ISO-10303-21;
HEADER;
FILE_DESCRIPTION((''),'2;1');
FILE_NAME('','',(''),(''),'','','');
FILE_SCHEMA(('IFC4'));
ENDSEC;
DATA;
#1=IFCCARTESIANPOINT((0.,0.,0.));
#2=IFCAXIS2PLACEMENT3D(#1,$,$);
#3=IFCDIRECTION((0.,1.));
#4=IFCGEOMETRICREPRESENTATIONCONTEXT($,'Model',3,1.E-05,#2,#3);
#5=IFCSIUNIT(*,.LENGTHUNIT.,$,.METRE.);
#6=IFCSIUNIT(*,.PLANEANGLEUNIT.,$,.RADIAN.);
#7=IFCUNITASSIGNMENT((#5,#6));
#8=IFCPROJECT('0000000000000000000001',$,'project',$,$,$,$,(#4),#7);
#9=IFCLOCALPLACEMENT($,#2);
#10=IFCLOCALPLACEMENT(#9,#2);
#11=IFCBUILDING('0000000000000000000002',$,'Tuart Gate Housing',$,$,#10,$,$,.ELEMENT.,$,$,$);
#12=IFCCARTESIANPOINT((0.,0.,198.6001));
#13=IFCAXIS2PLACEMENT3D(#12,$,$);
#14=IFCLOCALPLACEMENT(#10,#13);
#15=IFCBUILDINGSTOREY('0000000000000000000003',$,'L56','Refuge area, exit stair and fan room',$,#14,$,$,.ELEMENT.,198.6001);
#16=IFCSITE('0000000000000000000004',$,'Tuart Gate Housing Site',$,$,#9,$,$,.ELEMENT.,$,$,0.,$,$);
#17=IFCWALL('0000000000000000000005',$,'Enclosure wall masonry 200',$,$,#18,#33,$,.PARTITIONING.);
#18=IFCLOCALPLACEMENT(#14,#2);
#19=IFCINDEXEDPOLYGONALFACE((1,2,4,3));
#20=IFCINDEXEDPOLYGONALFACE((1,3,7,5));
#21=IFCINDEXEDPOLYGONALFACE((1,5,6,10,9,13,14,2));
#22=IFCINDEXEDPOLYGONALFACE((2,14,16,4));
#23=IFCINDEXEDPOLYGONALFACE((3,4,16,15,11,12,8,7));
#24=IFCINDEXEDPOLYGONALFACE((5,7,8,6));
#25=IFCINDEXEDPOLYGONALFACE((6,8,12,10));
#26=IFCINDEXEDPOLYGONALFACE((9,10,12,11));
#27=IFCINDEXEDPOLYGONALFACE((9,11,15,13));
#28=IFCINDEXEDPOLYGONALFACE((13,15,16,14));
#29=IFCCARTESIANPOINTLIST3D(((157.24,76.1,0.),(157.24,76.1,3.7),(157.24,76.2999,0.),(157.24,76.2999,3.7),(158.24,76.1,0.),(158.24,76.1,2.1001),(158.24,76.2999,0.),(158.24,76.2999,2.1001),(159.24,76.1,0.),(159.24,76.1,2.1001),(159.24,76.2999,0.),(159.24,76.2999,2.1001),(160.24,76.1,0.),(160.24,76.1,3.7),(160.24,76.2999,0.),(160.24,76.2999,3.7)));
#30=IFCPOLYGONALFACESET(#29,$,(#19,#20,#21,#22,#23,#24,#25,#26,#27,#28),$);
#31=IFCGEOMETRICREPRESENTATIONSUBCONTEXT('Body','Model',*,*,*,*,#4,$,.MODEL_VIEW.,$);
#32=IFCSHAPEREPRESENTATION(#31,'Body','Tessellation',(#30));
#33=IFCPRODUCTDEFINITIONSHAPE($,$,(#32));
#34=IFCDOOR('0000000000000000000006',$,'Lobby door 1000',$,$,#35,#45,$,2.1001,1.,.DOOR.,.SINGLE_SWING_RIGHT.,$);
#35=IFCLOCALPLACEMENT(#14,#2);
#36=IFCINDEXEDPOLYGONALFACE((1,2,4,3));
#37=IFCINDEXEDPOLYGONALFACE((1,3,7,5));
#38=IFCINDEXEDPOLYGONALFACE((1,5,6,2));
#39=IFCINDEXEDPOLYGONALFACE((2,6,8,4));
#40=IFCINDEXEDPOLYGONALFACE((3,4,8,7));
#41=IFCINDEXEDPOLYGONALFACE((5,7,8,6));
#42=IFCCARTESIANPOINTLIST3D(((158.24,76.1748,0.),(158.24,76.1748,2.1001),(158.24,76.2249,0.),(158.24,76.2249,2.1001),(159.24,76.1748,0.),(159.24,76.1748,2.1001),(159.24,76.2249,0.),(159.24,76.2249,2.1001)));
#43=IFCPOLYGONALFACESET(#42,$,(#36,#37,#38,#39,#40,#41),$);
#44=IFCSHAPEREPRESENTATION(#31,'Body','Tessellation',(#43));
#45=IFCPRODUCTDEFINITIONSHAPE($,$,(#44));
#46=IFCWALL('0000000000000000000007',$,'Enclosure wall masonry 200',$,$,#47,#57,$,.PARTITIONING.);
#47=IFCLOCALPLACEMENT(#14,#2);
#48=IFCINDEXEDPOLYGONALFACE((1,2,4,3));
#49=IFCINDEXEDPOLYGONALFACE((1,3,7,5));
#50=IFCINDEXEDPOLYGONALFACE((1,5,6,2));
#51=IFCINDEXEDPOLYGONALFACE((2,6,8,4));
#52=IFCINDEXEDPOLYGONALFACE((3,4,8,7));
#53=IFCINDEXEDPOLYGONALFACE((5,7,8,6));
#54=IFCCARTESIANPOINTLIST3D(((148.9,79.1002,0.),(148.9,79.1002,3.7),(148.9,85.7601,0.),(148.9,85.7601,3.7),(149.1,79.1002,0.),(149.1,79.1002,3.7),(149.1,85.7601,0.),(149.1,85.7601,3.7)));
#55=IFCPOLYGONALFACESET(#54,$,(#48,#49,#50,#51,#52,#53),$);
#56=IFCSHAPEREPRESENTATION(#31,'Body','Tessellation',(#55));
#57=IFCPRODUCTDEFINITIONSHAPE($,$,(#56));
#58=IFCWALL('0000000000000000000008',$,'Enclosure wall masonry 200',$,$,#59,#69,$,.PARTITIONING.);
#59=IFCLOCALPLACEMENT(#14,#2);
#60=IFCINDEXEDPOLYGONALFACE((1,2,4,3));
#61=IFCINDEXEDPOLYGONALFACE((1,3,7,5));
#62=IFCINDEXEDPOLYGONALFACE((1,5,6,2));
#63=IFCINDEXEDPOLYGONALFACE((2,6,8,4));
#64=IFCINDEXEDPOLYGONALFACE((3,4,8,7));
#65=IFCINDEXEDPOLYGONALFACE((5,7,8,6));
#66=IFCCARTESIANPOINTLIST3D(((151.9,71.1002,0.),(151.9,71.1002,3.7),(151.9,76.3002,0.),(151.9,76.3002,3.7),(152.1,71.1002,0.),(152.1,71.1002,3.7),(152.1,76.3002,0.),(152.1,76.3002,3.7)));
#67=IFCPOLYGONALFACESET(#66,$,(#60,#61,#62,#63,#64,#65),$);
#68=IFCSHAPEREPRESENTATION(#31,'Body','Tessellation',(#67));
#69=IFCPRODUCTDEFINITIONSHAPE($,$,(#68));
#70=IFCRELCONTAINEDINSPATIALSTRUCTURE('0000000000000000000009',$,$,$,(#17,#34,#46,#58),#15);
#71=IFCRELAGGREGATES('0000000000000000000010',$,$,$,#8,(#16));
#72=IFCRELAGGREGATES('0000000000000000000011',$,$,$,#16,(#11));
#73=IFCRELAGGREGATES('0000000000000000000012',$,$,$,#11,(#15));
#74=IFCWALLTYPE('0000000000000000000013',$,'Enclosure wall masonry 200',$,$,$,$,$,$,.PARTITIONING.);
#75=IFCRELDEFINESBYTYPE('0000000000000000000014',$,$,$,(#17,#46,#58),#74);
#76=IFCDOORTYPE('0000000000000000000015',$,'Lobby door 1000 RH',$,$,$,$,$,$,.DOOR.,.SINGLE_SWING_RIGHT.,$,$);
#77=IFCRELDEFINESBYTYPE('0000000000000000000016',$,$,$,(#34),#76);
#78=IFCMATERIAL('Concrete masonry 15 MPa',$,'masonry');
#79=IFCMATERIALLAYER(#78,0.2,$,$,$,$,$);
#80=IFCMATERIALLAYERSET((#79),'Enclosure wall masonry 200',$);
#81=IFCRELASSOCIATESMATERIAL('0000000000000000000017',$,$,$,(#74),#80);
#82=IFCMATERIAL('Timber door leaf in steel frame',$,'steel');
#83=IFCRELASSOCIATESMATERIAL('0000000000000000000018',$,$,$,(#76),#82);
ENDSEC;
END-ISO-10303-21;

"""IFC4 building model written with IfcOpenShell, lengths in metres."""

from ifc_helpers import new_model, si_unit, direction, frame, frame_2d, origin, place, context, subcontext, project, spatial, rectangle, extrude, material, layer, layer_set, type_object, element, fill, save


model = new_model("IFC4")

# Units and contexts
model_context = context("Model", 3, precision=1e-05, world=origin(), true_north=direction((0.0, 1.0)))
body_context = subcontext(model_context, "Body", "Model", "MODEL_VIEW")
ifc_project = project(units=[si_unit("LENGTHUNIT", "METRE"), si_unit("PLANEANGLEUNIT", "RADIAN")], contexts=[model_context])

# Site, building, storey
site_placement = place(None, origin())
site = spatial("IfcSite", under=ifc_project, at=site_placement, Name="Tuart Gate Housing Site", CompositionType="ELEMENT", RefElevation=0.0)
building_placement = place(site_placement, origin())
building = spatial("IfcBuilding", under=site, at=building_placement, Name="Tuart Gate Housing", CompositionType="ELEMENT")
storey_placement = place(building_placement, frame((0.0, 0.0, 198.6001)))
storey = spatial("IfcBuildingStorey", under=building, at=storey_placement, Name="L56", Description="Refuge area, exit stair and fan room", CompositionType="ELEMENT", Elevation=198.6001)

# Shared definitions
ifc_material_1 = material(Name="Concrete masonry 15 MPa", Category="masonry")
ifc_layer_1 = layer(ifc_material_1, 0.2)
ifc_layer_set_1 = layer_set([ifc_layer_1], Name="Enclosure wall masonry 200")
wall_type_1 = type_object("IfcWallType", Name="Enclosure wall masonry 200", PredefinedType="PARTITIONING", material=ifc_layer_set_1)

# Wall, opening, door
wall_1_placement = place(storey_placement, frame((157.24, 76.2, 0.0), z_axis=(0.0, 0.0, 1.0), x_axis=(1.0, 0.0, 0.0)))
wall_1 = element("IfcWall", 1, at=wall_1_placement, inside=storey, type_object=wall_type_1, Name="Enclosure wall masonry 200", PredefinedType="PARTITIONING", context=body_context, shape_type="SweptSolid", body=[
    extrude(rectangle(XDim=3.0, YDim=0.2, at=frame_2d((1.5, 0.0))), origin(), (0.0, 0.0, 1.0), 3.7),
])
opening_1_placement = place(wall_1_placement, frame((1.0, 0.0, 0.0)))
opening_1 = element("IfcOpeningElement", 2, at=opening_1_placement, cuts=wall_1, PredefinedType="OPENING", context=body_context, shape_type="SweptSolid", body=[
    extrude(rectangle(XDim=1.0, YDim=2.1001, at=frame_2d((0.5, 1.05))), frame((0.0, 0.1099, 0.0), z_axis=(0.0, -1.0, 0.0), x_axis=(1.0, 0.0, 0.0)), (0.0, 0.0, 1.0), 0.22),
])
ifc_material_2 = material(Name="Timber door leaf in steel frame", Category="steel")
door_type_1 = type_object("IfcDoorType", Name="Lobby door 1000 RH", OperationType="SINGLE_SWING_RIGHT", PredefinedType="DOOR", material=ifc_material_2)
door_1_placement = place(opening_1_placement, frame((1.0, 0.0, 0.0), z_axis=(0.0, 0.0, 1.0), x_axis=(-1.0, 0.0, 0.0)))
door_1 = element("IfcDoor", 3, at=door_1_placement, inside=storey, type_object=door_type_1, Name="Lobby door 1000", OperationType="SINGLE_SWING_RIGHT", OverallHeight=2.1001, OverallWidth=1.0, PredefinedType="DOOR", context=body_context, shape_type="SweptSolid", body=[
    extrude(rectangle(XDim=1.0, YDim=2.1001, at=frame_2d((0.5, 1.05))), frame((0.0, 0.0251, 0.0), z_axis=(0.0, -1.0, 0.0), x_axis=(1.0, 0.0, 0.0)), (0.0, 0.0, 1.0), 0.05),
])
fill(opening_1, door_1)

# Walls
wall_2_placement = place(storey_placement, frame((149.0, 79.1001, 0.0), z_axis=(0.0, 0.0, 1.0), x_axis=(0.0, 1.0, 0.0)))
element("IfcWall", 4, at=wall_2_placement, inside=storey, type_object=wall_type_1, Name="Enclosure wall masonry 200", PredefinedType="PARTITIONING", context=body_context, shape_type="SweptSolid", body=[
    extrude(rectangle(XDim=6.6599, YDim=0.2, at=frame_2d((3.3301, 0.0))), origin(), (0.0, 0.0, 1.0), 3.7),
])
wall_3_placement = place(storey_placement, frame((152.0, 71.1001, 0.0), z_axis=(0.0, 0.0, 1.0), x_axis=(0.0, 1.0, 0.0)))
element("IfcWall", 5, at=wall_3_placement, inside=storey, type_object=wall_type_1, Name="Enclosure wall masonry 200", PredefinedType="PARTITIONING", context=body_context, shape_type="SweptSolid", body=[
    extrude(rectangle(XDim=5.2, YDim=0.2, at=frame_2d((2.6001, 0.0))), origin(), (0.0, 0.0, 1.0), 3.7),
])

save(model, "model.ifc")
